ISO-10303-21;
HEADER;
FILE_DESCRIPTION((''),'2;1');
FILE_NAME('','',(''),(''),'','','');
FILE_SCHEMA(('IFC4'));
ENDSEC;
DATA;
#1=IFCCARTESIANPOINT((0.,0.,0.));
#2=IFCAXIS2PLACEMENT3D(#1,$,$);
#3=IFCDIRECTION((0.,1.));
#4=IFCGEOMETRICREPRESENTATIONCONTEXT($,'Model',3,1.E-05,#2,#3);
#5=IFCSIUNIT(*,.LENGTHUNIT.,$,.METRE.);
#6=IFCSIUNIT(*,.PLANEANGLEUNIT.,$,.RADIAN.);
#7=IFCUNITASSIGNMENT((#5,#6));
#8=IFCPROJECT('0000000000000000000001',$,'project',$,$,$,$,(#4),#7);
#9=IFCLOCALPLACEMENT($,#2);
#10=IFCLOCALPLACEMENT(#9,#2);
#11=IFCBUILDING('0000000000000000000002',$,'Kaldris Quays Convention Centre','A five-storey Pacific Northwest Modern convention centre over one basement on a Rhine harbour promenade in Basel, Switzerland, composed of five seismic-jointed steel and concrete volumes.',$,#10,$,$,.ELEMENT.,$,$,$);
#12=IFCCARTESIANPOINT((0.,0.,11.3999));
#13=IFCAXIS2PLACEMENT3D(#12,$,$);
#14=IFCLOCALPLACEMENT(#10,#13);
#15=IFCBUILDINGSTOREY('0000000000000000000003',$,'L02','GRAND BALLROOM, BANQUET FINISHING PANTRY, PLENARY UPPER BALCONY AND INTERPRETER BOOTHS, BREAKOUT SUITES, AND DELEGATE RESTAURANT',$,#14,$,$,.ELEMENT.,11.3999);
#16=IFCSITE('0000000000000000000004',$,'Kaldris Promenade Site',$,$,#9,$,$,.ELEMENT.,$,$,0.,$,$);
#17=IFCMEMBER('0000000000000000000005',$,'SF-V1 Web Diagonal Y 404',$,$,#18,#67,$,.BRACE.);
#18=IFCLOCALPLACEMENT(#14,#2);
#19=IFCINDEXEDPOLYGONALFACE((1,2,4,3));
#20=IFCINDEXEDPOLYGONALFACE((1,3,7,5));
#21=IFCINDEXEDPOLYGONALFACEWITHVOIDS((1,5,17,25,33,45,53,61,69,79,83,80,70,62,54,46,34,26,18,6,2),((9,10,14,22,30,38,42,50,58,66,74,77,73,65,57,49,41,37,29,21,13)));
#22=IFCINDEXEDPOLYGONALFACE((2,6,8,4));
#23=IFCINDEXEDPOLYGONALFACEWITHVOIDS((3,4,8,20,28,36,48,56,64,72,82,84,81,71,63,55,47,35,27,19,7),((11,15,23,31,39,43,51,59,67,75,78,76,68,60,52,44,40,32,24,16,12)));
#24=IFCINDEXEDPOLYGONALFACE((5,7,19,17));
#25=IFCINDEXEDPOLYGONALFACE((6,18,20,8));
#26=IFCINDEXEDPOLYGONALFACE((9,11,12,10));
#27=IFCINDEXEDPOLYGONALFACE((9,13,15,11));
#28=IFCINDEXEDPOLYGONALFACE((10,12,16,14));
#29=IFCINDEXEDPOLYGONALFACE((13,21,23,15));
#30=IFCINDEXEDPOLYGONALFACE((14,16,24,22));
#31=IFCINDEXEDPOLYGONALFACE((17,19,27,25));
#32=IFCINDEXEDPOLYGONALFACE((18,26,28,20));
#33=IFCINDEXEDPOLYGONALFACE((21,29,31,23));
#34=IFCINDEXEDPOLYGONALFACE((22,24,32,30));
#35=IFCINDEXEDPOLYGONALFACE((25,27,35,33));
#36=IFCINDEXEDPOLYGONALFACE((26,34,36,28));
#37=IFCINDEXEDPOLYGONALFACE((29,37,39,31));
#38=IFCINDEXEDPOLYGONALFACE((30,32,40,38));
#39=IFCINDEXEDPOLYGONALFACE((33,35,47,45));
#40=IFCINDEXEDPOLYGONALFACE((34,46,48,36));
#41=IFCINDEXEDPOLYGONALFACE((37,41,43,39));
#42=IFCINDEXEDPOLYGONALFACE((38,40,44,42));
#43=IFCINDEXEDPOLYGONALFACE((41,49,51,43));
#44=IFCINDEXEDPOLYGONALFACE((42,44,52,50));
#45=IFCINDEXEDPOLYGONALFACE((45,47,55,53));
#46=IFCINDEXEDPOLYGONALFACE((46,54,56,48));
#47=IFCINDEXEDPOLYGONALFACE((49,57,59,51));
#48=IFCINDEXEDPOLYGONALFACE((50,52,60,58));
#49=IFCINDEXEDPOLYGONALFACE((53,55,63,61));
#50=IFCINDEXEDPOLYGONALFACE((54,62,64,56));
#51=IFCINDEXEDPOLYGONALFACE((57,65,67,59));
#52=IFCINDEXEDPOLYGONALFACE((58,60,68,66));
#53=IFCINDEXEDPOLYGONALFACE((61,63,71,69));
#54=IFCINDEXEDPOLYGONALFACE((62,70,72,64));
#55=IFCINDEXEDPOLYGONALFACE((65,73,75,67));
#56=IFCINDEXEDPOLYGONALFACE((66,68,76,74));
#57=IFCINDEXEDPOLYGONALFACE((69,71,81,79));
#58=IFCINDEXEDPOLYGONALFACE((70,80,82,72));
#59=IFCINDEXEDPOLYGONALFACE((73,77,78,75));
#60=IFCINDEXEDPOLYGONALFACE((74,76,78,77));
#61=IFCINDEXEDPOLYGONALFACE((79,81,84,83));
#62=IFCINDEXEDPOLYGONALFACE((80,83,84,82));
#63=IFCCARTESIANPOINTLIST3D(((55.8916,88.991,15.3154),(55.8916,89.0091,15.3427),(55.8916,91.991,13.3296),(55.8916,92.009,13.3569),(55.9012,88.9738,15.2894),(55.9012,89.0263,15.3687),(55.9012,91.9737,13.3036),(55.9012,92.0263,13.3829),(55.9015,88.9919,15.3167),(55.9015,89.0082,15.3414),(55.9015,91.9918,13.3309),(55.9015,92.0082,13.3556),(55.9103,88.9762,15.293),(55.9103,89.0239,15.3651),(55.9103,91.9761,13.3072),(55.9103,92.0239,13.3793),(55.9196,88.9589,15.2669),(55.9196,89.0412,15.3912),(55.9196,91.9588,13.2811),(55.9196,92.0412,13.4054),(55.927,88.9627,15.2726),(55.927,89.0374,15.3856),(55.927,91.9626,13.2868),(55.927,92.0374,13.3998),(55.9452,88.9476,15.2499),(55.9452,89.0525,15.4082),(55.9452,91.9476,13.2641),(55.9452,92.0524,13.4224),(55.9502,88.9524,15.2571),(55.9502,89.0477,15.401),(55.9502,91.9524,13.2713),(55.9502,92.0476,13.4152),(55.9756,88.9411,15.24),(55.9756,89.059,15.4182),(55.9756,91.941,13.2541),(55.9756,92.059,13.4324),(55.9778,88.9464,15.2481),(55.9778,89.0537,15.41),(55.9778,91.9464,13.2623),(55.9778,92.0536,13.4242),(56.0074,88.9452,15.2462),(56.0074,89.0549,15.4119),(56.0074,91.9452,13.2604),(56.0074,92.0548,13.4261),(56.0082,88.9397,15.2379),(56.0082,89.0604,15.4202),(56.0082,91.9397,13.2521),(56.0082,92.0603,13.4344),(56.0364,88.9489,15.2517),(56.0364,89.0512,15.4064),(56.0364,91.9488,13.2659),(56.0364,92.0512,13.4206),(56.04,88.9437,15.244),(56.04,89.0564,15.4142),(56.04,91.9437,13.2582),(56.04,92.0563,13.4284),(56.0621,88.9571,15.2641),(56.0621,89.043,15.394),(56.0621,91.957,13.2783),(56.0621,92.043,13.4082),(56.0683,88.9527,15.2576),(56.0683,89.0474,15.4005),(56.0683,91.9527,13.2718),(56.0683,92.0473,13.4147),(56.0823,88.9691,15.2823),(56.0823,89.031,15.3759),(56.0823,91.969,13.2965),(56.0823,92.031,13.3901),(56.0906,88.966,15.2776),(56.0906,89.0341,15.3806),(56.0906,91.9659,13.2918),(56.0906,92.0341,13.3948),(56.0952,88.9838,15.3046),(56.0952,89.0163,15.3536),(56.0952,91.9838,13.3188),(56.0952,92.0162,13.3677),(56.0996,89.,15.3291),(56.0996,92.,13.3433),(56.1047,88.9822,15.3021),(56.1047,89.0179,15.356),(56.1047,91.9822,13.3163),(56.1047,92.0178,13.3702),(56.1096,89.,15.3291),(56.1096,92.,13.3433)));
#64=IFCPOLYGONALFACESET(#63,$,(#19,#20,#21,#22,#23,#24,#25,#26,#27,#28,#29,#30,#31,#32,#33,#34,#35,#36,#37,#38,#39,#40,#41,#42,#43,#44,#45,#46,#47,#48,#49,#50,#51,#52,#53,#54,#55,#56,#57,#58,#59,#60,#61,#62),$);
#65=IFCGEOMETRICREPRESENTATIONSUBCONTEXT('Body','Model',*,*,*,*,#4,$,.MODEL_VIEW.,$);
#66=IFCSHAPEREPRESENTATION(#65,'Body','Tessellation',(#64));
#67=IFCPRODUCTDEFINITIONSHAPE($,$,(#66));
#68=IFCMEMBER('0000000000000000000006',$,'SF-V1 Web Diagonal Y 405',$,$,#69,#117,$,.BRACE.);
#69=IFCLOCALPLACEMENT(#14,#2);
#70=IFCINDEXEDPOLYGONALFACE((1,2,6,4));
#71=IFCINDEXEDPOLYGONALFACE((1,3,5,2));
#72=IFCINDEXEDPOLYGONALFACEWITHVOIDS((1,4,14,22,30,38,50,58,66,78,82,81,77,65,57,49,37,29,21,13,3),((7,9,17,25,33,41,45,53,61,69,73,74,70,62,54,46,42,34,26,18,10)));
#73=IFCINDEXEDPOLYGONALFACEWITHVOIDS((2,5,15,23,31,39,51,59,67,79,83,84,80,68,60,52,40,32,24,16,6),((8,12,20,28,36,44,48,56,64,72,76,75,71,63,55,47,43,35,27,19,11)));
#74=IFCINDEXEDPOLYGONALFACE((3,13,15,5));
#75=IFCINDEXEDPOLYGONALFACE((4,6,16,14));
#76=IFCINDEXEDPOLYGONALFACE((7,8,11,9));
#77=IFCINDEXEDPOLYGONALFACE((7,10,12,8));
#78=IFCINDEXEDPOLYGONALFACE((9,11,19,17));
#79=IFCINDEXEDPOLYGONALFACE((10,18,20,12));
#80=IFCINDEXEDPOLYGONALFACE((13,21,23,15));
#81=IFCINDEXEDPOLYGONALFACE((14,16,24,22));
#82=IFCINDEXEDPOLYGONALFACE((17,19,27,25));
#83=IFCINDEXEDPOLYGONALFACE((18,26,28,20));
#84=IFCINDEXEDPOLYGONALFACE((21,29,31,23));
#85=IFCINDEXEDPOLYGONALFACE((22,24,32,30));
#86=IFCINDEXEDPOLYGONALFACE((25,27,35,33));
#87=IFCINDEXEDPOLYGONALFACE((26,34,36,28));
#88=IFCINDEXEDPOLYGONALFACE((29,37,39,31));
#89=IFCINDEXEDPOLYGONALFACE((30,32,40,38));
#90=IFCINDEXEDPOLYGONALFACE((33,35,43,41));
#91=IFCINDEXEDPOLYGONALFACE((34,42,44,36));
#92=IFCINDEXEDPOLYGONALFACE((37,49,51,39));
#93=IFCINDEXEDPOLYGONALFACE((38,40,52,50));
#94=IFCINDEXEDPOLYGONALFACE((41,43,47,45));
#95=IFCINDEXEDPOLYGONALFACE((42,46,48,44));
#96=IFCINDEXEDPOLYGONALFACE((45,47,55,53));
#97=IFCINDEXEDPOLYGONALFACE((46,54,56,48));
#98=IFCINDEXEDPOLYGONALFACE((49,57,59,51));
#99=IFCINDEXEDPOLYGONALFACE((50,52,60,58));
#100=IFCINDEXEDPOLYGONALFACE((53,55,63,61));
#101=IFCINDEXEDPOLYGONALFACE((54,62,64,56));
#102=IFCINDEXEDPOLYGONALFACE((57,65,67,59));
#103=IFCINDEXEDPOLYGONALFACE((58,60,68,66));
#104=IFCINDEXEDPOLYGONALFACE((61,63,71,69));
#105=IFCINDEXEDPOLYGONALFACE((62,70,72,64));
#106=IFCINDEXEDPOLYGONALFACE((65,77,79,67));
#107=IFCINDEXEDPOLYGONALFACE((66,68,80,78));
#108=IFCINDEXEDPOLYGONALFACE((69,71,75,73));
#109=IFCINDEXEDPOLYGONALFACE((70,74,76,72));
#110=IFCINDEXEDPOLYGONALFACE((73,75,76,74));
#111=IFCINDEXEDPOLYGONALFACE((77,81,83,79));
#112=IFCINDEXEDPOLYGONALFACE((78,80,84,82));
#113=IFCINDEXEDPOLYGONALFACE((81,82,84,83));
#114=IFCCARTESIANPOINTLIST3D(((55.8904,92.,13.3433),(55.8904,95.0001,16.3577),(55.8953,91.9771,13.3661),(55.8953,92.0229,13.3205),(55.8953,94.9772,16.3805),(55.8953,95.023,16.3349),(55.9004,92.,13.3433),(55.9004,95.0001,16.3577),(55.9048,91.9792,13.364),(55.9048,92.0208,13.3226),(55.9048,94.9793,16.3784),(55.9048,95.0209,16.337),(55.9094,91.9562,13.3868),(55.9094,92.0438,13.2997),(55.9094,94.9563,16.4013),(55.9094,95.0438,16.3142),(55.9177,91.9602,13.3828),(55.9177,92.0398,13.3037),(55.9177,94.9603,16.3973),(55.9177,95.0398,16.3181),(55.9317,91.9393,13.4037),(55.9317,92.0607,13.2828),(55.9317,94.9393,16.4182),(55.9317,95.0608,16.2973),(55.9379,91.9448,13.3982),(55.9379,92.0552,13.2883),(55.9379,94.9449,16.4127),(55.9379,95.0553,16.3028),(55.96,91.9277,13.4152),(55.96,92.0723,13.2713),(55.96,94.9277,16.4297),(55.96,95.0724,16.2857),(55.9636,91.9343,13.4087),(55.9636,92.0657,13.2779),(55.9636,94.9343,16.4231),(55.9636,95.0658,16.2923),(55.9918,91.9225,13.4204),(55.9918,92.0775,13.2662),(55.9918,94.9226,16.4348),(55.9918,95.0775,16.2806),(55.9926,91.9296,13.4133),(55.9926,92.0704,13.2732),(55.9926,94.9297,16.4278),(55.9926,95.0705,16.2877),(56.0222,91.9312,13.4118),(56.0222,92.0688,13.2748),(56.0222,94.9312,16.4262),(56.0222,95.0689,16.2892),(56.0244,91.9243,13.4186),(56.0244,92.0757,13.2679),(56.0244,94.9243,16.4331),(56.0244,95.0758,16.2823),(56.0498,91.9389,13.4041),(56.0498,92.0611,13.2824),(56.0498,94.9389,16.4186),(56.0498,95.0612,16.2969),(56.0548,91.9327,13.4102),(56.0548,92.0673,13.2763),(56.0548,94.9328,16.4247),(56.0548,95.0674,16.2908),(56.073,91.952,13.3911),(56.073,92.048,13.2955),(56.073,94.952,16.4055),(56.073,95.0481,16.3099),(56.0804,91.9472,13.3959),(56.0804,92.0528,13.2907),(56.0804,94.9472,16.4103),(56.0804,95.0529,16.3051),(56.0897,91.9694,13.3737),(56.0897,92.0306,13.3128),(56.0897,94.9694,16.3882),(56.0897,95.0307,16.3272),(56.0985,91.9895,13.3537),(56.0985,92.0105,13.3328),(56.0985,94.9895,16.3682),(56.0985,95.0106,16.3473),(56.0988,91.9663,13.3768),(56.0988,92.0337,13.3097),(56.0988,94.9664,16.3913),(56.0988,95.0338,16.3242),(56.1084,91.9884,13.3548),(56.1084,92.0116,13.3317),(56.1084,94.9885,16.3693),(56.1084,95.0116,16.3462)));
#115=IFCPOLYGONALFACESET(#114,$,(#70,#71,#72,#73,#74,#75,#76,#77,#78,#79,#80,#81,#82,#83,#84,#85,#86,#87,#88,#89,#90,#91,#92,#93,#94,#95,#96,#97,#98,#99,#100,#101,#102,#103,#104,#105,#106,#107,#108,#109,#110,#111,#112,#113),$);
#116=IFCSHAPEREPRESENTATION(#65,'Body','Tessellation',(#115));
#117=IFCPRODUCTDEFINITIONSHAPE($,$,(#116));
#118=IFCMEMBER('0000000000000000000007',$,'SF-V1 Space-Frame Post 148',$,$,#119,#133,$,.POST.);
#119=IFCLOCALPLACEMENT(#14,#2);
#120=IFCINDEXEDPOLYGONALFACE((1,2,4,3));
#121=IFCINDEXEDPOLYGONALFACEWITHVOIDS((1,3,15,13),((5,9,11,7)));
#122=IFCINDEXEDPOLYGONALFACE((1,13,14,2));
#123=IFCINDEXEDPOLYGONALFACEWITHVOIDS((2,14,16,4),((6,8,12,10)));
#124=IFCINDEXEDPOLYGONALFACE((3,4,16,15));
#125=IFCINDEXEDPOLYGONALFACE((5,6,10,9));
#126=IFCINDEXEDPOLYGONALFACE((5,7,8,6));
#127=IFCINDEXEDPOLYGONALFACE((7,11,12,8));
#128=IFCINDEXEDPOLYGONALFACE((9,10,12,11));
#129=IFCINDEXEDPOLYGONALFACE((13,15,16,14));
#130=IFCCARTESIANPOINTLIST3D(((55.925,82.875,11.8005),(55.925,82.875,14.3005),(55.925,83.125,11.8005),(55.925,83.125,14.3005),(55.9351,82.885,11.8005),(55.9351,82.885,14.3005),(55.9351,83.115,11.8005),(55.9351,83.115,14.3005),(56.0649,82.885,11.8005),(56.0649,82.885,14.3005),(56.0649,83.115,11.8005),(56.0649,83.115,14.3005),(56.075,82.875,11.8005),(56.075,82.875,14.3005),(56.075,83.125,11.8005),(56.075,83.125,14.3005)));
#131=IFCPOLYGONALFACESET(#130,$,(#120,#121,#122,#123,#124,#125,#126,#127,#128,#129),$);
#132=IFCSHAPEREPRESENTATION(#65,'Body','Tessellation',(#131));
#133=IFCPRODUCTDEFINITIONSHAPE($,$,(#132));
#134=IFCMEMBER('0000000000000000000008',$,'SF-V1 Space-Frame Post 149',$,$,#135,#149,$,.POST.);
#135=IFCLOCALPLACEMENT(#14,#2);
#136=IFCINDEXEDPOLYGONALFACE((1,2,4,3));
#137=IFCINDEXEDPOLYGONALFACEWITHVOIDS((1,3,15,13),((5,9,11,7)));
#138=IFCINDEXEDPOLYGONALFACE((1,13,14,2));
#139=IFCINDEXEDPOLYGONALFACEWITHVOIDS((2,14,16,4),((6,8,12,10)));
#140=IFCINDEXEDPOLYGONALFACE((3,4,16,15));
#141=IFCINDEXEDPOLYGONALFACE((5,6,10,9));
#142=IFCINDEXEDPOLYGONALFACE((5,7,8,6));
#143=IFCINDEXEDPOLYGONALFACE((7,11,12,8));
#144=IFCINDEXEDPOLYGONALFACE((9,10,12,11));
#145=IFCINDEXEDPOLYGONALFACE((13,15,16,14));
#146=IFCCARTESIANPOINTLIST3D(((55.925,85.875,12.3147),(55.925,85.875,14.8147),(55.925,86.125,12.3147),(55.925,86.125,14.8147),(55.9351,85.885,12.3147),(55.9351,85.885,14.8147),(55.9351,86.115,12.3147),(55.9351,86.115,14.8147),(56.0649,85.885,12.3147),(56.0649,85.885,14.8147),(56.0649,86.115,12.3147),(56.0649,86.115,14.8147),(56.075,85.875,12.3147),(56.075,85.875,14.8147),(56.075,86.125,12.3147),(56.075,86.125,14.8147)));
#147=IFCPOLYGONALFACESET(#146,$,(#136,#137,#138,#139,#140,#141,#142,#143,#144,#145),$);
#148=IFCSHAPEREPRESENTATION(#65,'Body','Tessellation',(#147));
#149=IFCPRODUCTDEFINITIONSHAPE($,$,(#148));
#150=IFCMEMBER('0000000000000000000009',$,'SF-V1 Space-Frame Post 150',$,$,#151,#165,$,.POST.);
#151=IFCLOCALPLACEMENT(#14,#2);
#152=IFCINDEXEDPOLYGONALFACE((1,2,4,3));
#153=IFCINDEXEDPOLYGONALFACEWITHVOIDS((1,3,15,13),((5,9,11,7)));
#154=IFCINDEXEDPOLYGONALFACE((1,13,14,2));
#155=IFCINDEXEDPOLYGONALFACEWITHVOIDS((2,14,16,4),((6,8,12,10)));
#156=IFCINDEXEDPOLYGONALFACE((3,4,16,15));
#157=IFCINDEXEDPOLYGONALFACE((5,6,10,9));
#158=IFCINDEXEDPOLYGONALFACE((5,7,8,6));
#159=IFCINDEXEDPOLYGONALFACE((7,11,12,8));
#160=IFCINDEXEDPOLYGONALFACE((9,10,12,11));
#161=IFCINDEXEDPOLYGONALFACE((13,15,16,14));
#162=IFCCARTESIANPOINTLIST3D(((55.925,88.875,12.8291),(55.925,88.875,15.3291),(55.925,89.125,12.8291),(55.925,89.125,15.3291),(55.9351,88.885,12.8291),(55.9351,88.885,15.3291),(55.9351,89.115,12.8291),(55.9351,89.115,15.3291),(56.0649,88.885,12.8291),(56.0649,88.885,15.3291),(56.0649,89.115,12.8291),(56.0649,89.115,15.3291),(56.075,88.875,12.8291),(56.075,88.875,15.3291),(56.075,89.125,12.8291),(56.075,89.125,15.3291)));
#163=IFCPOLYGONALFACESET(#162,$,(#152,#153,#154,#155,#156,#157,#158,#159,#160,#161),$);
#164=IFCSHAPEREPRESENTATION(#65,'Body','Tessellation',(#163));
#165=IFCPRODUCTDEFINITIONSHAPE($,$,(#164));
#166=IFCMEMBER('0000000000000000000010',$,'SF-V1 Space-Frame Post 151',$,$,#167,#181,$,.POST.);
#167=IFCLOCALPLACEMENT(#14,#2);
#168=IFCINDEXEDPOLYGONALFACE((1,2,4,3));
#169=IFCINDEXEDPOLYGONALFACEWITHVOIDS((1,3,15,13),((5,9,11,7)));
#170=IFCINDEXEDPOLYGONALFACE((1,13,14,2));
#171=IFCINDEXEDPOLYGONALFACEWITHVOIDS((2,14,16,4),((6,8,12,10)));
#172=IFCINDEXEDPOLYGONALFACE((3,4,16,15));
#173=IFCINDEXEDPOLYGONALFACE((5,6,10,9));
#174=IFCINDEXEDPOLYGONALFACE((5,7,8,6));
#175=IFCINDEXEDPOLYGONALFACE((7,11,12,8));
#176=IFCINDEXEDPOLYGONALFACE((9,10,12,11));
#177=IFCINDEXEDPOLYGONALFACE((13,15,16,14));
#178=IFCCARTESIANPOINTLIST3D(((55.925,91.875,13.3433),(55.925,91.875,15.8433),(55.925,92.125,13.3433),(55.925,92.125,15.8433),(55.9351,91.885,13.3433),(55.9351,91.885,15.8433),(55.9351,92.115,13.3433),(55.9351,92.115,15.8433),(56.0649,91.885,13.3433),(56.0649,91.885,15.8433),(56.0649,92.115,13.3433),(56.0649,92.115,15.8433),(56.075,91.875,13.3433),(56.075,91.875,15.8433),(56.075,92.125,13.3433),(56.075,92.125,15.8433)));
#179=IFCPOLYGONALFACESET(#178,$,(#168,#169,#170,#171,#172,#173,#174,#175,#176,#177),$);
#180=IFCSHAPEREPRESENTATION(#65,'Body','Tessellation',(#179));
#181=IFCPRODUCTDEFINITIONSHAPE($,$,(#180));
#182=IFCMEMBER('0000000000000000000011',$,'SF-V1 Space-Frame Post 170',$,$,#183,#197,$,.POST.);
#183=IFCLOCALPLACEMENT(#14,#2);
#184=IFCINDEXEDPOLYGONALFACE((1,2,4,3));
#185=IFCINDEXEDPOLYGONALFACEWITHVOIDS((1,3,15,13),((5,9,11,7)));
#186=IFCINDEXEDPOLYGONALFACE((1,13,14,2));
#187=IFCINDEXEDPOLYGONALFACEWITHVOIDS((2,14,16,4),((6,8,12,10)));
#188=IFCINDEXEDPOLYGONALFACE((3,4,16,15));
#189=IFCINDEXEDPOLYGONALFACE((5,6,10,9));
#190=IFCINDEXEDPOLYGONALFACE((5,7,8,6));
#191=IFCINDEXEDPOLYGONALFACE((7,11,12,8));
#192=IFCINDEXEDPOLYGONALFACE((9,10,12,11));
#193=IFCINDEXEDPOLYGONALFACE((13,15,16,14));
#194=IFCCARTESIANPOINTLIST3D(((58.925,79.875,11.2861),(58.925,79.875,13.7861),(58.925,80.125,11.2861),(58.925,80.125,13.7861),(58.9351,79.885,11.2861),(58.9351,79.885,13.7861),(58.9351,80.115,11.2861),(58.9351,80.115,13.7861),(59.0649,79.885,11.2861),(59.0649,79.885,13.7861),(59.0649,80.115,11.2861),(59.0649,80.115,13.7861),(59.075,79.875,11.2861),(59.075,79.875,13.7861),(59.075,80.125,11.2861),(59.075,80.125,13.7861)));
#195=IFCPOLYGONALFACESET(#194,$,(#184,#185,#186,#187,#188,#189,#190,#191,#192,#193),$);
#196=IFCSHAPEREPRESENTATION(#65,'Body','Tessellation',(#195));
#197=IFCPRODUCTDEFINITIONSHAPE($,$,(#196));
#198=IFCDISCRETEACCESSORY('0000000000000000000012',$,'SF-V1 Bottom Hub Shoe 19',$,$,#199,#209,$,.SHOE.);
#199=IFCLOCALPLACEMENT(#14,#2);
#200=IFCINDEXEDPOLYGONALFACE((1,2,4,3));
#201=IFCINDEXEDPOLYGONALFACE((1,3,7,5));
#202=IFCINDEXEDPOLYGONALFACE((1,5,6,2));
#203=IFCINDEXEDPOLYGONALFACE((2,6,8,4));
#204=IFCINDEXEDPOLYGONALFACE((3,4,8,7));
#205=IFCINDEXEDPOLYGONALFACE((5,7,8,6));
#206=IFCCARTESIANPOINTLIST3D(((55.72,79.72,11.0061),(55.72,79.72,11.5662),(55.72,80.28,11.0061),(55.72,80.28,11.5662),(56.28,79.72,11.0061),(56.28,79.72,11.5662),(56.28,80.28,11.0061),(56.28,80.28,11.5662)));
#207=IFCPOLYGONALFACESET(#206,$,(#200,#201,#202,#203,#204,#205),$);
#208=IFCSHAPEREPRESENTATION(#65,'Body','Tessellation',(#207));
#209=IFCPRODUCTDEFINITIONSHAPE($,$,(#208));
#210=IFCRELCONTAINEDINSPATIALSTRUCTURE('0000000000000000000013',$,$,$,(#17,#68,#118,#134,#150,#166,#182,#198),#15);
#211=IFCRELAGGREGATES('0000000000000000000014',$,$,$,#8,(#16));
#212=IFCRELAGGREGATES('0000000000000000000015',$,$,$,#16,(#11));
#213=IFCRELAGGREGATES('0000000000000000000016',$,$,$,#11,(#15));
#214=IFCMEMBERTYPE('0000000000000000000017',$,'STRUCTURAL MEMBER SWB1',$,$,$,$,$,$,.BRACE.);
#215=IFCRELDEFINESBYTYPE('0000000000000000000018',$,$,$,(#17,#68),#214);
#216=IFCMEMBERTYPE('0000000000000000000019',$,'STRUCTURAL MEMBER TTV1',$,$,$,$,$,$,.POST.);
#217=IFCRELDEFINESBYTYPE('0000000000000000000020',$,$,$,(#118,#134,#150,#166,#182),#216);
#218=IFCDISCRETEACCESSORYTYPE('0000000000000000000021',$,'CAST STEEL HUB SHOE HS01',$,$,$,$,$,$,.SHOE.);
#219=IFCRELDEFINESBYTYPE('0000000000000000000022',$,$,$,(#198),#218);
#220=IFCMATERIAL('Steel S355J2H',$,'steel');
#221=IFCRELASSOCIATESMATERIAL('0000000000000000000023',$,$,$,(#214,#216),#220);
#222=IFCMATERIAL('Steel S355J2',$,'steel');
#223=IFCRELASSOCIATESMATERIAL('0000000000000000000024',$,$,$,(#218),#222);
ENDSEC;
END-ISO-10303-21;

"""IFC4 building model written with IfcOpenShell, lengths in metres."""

from ifc_helpers import new_model, si_unit, direction, frame, origin, origin_2d, place, context, subcontext, project, spatial, rectangle, hollow_rectangle, hollow_circle, extrude, material, material_profile, profile_set, type_object, element, save


model = new_model("IFC4")

# Units and contexts
model_context = context("Model", 3, precision=1e-05, world=origin(), true_north=direction((0.0, 1.0)))
body_context = subcontext(model_context, "Body", "Model", "MODEL_VIEW")
ifc_project = project(units=[si_unit("LENGTHUNIT", "METRE"), si_unit("PLANEANGLEUNIT", "RADIAN")], contexts=[model_context])

# Site, building, storey
site_placement = place(None, origin())
site = spatial("IfcSite", under=ifc_project, at=site_placement, Name="Kaldris Promenade Site", CompositionType="ELEMENT", RefElevation=0.0)
building_placement = place(site_placement, origin())
building = spatial("IfcBuilding", under=site, at=building_placement, Name="Kaldris Quays Convention Centre", Description="A five-storey Pacific Northwest Modern convention centre over one basement on a Rhine harbour promenade in Basel, Switzerland, composed of five seismic-jointed steel and concrete volumes.", CompositionType="ELEMENT")
storey_placement = place(building_placement, frame((0.0, 0.0, 11.3999)))
storey = spatial("IfcBuildingStorey", under=building, at=storey_placement, Name="L02", Description="GRAND BALLROOM, BANQUET FINISHING PANTRY, PLENARY UPPER BALCONY AND INTERPRETER BOOTHS, BREAKOUT SUITES, AND DELEGATE RESTAURANT", CompositionType="ELEMENT", Elevation=11.3999)

# Members
ifc_material_1 = material(Name="Steel S355J2H", Category="steel")
ifc_material_profile_1 = material_profile(ifc_material_1, hollow_circle(Radius=0.1096, WallThickness=0.01, at=origin_2d()), Name="CHS 219.1x10")
ifc_profile_set_1 = profile_set([ifc_material_profile_1], Name="Steel S355J2H")
member_type_1 = type_object("IfcMemberType", Name="STRUCTURAL MEMBER SWB1", PredefinedType="BRACE", material=ifc_profile_set_1)
member_1_placement = place(storey_placement, frame((56.0, 92.0, 13.3433), z_axis=(0.0, -0.833862, 0.551972), x_axis=(1.0, 0.0, 0.0)))
element("IfcMember", 1, at=member_1_placement, inside=storey, type_object=member_type_1, Name="SF-V1 Web Diagonal Y 404", PredefinedType="BRACE", context=body_context, shape_type="SweptSolid", body=[
    extrude(hollow_circle(Radius=0.1096, WallThickness=0.01, at=origin_2d()), origin(), (0.0, 0.0, 1.0), 3.5977),
])
member_2_placement = place(storey_placement, frame((56.0, 92.0, 13.3433), z_axis=(0.0, 0.705411, 0.708798), x_axis=(-1.0, 0.0, 0.0)))
element("IfcMember", 2, at=member_2_placement, inside=storey, type_object=member_type_1, Name="SF-V1 Web Diagonal Y 405", PredefinedType="BRACE", context=body_context, shape_type="SweptSolid", body=[
    extrude(hollow_circle(Radius=0.1096, WallThickness=0.01, at=origin_2d()), origin(), (0.0, 0.0, 1.0), 4.2529),
])
ifc_material_profile_2 = material_profile(ifc_material_1, hollow_rectangle(XDim=0.1499, YDim=0.25, WallThickness=0.01, at=origin_2d()), Name="RHS 250x150x10")
ifc_profile_set_2 = profile_set([ifc_material_profile_2], Name="Steel S355J2H")
member_type_2 = type_object("IfcMemberType", Name="STRUCTURAL MEMBER TTV1", PredefinedType="POST", material=ifc_profile_set_2)
for number, where, z_axis, x_axis, name in (
    (3, (56.0, 83.0, 11.8005), (0.0, 0.0, 1.0), (1.0, 0.0, 0.0), "SF-V1 Space-Frame Post 148"),
    (4, (56.0, 86.0, 12.3147), (0.0, 0.0, 1.0), (1.0, 0.0, 0.0), "SF-V1 Space-Frame Post 149"),
    (5, (56.0, 89.0, 12.8291), (0.0, 0.0, 1.0), (1.0, 0.0, 0.0), "SF-V1 Space-Frame Post 150"),
    (6, (56.0, 92.0, 13.3433), (0.0, 0.0, 1.0), (1.0, 0.0, 0.0), "SF-V1 Space-Frame Post 151"),
    (7, (59.0, 80.0, 11.2861), (0.0, 0.0, 1.0), (1.0, 0.0, 0.0), "SF-V1 Space-Frame Post 170"),
):
    element("IfcMember", number, at=place(storey_placement, frame(where, z_axis=z_axis, x_axis=x_axis)), inside=storey, type_object=member_type_2, Name=name, PredefinedType="POST", context=body_context, shape_type="SweptSolid", body=[
        extrude(hollow_rectangle(XDim=0.1499, YDim=0.25, WallThickness=0.01, at=origin_2d()), origin(), (0.0, 0.0, 1.0), 2.5),
    ])

# Discrete accessory
ifc_material_2 = material(Name="Steel S355J2", Category="steel")
discrete_accessory_type = type_object("IfcDiscreteAccessoryType", Name="CAST STEEL HUB SHOE HS01", PredefinedType="SHOE", material=ifc_material_2)
for number, where, z_axis, x_axis, name in (
    (8, (56.0, 80.0, 11.0061), (0.0, 0.0, 1.0), (1.0, 0.0, 0.0), "SF-V1 Bottom Hub Shoe 19"),
):
    element("IfcDiscreteAccessory", number, at=place(storey_placement, frame(where, z_axis=z_axis, x_axis=x_axis)), inside=storey, type_object=discrete_accessory_type, Name=name, PredefinedType="SHOE", context=body_context, shape_type="SweptSolid", body=[
        extrude(rectangle(XDim=0.5601, YDim=0.5601, at=origin_2d()), origin(), (0.0, 0.0, 1.0), 0.5601),
    ])

save(model, "model.ifc")
